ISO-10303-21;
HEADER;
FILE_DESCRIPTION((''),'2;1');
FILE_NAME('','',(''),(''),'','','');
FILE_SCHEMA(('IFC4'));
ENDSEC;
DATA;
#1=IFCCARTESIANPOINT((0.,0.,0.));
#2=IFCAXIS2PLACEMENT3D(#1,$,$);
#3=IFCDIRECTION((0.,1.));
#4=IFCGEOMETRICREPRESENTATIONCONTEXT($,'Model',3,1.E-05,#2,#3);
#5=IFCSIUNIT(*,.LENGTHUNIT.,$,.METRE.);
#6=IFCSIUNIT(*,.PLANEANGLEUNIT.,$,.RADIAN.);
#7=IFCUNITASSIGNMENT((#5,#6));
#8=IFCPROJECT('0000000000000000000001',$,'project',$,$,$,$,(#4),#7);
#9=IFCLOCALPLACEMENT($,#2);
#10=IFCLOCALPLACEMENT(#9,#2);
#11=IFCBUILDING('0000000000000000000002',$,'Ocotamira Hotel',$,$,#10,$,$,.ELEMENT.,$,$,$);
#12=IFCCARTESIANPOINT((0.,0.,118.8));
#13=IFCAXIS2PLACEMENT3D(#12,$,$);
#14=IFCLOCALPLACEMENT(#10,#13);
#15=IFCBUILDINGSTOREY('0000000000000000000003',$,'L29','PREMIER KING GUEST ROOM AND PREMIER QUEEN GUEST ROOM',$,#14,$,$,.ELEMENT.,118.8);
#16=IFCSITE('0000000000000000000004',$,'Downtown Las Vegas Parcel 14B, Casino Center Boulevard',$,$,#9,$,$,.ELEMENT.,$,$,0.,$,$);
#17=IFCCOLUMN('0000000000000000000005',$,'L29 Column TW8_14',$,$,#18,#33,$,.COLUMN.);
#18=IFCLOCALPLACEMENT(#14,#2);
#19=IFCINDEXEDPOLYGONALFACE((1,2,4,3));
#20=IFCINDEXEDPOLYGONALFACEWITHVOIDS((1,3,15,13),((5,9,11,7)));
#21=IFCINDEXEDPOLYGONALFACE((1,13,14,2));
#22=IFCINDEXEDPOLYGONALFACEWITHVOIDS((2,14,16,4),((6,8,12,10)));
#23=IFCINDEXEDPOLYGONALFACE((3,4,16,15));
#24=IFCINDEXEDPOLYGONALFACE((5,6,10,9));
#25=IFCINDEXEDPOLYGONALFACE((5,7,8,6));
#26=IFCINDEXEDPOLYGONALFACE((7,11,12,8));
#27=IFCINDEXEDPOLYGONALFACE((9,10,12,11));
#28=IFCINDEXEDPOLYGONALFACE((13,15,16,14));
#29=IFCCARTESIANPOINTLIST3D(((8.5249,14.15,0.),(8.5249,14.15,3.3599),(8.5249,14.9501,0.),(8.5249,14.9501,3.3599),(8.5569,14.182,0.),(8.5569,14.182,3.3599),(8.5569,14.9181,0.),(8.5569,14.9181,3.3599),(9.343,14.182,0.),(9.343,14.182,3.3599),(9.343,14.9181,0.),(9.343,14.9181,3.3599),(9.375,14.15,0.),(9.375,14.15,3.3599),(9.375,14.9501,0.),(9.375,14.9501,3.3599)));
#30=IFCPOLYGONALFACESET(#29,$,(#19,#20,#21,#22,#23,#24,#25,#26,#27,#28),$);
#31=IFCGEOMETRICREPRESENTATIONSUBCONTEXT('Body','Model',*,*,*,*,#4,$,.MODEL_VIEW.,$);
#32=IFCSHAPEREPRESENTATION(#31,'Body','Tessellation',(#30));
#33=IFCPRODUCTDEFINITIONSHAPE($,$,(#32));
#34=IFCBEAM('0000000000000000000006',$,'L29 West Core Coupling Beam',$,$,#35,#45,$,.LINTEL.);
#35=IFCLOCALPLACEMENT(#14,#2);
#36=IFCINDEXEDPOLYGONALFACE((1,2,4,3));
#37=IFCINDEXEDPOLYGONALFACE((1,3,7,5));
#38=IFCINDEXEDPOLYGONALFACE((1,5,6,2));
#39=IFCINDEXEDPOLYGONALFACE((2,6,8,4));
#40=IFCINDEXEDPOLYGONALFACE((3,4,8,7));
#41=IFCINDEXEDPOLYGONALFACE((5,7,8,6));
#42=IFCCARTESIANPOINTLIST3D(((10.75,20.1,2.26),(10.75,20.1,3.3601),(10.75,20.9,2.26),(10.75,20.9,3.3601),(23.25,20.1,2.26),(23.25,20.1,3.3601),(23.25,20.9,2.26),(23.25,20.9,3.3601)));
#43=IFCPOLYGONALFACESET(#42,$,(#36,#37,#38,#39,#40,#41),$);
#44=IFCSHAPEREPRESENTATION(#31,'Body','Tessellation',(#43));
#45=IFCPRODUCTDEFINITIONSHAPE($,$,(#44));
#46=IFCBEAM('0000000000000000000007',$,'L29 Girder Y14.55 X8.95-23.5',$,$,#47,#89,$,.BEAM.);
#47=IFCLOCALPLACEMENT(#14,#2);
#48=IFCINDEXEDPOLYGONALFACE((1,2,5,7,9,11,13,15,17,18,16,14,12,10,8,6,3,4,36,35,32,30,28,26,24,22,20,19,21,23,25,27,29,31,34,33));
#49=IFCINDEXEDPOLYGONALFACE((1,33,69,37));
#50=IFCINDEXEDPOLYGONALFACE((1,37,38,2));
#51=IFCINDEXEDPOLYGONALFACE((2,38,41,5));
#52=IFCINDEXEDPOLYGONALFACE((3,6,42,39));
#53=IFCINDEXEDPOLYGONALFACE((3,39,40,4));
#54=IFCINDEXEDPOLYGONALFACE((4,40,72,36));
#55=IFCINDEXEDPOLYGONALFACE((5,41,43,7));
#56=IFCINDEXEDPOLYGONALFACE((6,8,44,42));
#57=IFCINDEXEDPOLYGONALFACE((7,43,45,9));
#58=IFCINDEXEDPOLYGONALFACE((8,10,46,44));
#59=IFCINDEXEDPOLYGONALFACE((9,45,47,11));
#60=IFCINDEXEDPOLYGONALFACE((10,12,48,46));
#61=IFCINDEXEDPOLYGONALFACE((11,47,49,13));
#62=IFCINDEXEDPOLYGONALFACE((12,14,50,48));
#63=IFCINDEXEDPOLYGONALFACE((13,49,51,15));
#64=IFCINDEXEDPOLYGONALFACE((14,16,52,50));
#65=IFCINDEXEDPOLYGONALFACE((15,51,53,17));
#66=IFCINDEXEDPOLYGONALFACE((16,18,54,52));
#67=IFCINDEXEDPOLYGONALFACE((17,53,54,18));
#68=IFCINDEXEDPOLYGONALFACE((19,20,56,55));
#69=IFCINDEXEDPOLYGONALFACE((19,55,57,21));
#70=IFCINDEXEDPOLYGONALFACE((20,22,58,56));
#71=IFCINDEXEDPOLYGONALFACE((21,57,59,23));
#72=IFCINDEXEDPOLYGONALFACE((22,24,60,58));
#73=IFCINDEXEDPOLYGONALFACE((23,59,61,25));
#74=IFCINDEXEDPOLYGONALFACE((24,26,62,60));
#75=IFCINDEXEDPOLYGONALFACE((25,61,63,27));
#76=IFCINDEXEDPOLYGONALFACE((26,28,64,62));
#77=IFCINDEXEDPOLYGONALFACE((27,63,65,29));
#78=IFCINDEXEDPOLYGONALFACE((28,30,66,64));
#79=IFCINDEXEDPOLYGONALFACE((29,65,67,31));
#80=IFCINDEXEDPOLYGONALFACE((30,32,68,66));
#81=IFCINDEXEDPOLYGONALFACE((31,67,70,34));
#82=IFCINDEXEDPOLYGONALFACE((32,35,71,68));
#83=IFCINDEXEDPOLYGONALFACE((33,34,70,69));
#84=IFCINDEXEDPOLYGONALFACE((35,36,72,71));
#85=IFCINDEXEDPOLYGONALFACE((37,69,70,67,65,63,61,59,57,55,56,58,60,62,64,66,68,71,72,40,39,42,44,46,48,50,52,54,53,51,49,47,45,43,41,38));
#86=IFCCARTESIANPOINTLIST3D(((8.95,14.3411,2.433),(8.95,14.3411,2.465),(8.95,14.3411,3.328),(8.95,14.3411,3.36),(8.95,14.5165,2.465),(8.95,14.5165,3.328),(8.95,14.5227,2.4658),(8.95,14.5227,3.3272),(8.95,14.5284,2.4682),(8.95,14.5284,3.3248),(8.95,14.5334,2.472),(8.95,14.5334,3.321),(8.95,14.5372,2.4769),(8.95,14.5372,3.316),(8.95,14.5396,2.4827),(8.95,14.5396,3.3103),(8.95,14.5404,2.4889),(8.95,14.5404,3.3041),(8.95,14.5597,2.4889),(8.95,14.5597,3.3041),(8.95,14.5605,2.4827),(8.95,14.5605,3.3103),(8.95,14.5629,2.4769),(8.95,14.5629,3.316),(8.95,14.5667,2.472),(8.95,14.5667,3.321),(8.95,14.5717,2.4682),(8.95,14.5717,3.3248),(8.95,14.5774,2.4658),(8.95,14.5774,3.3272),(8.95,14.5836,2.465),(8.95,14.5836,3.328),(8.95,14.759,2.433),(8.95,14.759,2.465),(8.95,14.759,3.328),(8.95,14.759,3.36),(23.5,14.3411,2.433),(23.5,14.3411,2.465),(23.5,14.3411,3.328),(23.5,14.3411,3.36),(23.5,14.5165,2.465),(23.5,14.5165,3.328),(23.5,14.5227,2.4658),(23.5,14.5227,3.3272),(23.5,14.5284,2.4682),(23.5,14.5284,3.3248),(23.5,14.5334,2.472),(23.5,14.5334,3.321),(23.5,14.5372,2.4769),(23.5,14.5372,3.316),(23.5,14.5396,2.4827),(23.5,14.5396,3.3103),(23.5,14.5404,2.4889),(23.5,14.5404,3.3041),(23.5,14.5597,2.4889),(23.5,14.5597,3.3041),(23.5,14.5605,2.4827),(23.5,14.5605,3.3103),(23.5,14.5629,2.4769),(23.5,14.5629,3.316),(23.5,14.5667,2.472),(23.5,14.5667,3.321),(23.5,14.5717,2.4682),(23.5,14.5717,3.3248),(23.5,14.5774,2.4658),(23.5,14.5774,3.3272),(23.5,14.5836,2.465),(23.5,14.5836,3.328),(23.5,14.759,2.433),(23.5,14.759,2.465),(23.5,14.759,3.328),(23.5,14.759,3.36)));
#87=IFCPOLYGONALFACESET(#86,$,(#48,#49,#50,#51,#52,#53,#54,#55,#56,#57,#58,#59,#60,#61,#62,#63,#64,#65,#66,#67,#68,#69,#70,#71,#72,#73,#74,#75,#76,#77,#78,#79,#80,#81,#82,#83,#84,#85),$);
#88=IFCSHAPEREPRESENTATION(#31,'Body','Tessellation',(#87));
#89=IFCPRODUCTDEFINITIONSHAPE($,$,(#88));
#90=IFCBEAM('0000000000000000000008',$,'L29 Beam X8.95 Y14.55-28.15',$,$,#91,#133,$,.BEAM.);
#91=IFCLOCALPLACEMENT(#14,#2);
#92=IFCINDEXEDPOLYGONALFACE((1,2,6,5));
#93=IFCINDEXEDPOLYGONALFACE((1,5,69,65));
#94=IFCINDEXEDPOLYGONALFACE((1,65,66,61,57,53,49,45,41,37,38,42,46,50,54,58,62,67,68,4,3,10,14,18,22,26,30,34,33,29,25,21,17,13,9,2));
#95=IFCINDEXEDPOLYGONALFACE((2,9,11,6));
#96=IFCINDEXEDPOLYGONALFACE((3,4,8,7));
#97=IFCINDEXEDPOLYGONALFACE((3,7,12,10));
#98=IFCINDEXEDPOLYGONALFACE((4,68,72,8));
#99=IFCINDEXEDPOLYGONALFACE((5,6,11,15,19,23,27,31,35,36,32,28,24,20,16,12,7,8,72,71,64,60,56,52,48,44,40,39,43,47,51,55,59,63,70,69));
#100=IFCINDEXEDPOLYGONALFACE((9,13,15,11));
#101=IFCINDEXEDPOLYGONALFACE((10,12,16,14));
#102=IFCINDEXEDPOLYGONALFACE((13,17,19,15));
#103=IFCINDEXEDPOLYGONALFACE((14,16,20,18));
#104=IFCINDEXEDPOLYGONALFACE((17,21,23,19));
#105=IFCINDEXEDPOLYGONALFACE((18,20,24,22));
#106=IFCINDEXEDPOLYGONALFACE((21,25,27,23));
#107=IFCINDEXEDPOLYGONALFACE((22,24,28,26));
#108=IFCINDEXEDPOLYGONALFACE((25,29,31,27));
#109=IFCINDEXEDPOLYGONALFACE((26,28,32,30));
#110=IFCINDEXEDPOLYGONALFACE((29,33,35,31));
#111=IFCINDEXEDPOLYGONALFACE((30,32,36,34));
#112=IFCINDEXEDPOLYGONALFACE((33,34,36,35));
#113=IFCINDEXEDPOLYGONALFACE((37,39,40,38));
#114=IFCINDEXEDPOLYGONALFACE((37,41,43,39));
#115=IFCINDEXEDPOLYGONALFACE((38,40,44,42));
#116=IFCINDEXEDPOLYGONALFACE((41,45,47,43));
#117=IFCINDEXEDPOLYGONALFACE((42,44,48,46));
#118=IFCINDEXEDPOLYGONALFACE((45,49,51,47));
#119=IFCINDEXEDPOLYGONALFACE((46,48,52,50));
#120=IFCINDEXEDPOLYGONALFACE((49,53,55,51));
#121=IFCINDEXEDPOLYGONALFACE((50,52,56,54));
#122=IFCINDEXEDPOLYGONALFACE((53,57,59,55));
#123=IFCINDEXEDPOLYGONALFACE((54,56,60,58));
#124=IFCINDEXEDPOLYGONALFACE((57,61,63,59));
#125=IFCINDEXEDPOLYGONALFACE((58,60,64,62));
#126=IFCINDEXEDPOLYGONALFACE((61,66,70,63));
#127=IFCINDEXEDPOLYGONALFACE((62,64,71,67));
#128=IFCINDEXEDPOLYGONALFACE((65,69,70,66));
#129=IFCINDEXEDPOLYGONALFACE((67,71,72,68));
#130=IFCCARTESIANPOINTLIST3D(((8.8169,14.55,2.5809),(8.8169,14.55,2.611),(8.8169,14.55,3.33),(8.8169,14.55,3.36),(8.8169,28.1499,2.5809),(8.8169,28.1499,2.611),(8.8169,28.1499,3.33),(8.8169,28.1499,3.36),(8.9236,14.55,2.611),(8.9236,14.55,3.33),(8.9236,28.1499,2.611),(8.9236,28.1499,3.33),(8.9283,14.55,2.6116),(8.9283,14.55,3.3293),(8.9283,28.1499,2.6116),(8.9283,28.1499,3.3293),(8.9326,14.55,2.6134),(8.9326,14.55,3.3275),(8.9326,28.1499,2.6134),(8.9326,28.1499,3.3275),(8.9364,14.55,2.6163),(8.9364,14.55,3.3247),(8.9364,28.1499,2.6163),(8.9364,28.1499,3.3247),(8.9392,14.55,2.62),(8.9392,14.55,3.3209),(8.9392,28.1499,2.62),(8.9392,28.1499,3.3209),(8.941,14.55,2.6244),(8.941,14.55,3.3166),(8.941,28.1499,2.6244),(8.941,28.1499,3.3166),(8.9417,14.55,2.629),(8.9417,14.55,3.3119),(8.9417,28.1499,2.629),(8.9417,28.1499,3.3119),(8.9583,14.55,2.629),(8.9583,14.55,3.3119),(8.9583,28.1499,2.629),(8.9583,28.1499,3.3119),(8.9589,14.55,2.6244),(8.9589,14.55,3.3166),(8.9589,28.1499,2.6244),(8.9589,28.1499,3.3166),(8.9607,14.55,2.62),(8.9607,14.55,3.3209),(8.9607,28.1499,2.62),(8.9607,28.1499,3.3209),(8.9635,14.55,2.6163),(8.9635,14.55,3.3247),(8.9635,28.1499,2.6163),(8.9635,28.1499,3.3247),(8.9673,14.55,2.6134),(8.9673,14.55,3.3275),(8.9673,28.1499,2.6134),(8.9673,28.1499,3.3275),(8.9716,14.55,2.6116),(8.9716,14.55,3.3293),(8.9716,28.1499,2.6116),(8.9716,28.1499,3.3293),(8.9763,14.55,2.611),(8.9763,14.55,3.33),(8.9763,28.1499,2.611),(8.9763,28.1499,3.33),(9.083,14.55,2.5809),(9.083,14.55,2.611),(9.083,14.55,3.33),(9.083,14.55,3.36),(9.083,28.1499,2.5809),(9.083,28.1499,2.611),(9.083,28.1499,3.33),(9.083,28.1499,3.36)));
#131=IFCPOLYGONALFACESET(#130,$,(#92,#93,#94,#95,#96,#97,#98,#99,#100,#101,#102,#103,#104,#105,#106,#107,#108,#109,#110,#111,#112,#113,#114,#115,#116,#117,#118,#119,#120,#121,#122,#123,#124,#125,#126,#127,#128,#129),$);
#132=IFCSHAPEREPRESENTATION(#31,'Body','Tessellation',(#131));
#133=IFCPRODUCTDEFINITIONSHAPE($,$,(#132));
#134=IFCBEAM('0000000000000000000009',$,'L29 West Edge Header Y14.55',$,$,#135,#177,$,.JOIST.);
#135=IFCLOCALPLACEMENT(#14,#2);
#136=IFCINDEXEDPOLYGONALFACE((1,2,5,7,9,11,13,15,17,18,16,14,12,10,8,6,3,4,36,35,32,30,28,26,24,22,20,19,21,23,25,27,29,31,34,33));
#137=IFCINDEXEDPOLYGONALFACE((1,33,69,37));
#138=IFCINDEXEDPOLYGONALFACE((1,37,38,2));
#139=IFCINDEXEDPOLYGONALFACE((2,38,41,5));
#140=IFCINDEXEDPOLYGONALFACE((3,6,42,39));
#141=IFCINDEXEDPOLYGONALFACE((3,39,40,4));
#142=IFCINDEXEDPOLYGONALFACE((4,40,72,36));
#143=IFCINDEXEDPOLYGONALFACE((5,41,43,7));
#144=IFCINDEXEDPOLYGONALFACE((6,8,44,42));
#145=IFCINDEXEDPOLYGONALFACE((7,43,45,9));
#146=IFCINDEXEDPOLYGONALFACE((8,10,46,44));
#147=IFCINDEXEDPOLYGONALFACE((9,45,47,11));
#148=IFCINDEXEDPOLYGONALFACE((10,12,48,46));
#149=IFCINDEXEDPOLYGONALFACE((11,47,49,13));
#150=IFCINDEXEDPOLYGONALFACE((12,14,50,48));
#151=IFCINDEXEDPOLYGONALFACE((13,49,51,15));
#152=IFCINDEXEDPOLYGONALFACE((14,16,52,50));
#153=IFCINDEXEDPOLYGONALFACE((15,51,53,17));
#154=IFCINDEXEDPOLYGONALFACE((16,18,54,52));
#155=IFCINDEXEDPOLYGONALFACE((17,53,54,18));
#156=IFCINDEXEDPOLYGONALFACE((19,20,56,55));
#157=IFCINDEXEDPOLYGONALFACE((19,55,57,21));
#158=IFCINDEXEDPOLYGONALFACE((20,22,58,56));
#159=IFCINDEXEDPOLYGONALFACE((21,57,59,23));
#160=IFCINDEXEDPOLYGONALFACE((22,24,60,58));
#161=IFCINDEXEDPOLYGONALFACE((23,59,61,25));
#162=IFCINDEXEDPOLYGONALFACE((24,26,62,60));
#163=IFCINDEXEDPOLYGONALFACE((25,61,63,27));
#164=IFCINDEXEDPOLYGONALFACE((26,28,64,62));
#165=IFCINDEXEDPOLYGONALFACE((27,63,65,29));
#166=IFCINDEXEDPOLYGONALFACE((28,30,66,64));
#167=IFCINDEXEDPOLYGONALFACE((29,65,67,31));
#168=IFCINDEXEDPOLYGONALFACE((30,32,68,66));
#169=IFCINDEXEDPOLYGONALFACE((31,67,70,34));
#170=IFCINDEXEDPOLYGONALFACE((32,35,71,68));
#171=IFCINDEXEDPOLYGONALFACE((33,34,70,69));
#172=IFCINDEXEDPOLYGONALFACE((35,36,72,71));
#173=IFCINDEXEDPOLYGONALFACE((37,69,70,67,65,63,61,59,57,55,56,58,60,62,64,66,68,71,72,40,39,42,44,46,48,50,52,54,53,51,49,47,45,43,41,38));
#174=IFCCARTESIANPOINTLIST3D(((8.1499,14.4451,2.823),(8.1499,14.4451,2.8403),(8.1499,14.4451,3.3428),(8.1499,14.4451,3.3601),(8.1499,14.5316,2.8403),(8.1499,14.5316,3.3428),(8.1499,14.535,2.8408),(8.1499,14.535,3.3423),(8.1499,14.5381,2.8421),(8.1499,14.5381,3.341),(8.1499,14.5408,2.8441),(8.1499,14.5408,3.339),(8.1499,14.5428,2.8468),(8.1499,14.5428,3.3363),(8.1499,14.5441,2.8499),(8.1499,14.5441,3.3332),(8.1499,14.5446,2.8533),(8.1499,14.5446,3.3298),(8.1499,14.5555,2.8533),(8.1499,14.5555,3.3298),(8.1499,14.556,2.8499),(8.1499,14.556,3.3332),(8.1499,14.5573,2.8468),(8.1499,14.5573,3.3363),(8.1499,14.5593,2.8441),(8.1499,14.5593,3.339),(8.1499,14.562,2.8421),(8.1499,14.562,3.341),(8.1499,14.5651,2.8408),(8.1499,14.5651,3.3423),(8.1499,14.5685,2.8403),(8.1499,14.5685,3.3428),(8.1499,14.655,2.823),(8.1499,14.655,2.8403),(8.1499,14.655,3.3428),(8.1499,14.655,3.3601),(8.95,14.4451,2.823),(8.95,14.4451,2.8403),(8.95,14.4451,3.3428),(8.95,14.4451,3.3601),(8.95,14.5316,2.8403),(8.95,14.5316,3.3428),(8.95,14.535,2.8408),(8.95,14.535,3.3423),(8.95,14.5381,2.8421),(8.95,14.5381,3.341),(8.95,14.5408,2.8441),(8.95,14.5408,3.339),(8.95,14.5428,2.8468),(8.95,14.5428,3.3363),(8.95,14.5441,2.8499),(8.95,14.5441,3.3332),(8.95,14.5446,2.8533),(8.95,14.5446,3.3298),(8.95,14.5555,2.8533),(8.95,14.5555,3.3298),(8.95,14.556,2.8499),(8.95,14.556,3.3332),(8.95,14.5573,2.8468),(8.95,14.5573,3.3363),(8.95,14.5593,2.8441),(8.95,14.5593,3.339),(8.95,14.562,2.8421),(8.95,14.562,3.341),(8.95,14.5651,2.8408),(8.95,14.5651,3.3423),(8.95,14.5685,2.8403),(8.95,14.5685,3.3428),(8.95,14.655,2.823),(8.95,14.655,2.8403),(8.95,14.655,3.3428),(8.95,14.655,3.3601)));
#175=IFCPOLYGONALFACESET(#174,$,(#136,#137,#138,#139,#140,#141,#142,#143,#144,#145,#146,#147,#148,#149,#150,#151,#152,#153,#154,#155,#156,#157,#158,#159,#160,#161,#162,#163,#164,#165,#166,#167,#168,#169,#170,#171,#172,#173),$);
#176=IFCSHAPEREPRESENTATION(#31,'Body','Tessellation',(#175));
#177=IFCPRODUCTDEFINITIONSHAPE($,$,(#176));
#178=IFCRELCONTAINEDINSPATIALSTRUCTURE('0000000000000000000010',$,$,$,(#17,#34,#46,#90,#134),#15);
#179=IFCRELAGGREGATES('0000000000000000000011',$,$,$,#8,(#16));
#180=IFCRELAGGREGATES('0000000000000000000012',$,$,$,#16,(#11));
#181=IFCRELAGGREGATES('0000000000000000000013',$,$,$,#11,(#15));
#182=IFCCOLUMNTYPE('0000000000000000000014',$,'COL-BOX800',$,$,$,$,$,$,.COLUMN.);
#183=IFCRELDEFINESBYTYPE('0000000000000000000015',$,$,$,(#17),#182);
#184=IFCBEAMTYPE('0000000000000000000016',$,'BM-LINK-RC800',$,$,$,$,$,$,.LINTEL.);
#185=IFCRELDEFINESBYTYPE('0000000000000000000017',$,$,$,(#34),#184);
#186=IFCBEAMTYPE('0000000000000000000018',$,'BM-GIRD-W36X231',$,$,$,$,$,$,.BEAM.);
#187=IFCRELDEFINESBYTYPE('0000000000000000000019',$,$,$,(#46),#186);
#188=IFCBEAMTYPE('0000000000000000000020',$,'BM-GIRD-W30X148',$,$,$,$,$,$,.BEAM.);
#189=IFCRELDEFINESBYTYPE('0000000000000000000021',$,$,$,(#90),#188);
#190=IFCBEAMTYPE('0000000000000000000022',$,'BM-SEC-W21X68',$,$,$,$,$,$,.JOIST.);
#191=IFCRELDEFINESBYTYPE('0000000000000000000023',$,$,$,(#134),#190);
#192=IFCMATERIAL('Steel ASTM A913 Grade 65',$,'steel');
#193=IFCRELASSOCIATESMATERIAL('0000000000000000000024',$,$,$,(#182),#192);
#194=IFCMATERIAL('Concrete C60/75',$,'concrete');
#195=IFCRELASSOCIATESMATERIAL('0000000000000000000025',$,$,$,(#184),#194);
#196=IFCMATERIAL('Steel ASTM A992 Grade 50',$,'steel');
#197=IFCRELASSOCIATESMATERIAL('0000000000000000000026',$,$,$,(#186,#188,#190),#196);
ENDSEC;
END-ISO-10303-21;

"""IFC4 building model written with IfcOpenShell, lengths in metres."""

from ifc_helpers import new_model, si_unit, direction, frame, origin, origin_2d, place, context, subcontext, project, spatial, rectangle, hollow_rectangle, i_section, extrude, source, transform, mapped, material, material_profile, profile_set, type_object, element, save


model = new_model("IFC4")

# Units and contexts
model_context = context("Model", 3, precision=1e-05, world=origin(), true_north=direction((0.0, 1.0)))
body_context = subcontext(model_context, "Body", "Model", "MODEL_VIEW")
ifc_project = project(units=[si_unit("LENGTHUNIT", "METRE"), si_unit("PLANEANGLEUNIT", "RADIAN")], contexts=[model_context])

# Site, building, storey
site_placement = place(None, origin())
site = spatial("IfcSite", under=ifc_project, at=site_placement, Name="Downtown Las Vegas Parcel 14B, Casino Center Boulevard", CompositionType="ELEMENT", RefElevation=0.0)
building_placement = place(site_placement, origin())
building = spatial("IfcBuilding", under=site, at=building_placement, Name="Ocotamira Hotel", CompositionType="ELEMENT")
storey_placement = place(building_placement, frame((0.0, 0.0, 118.8)))
storey = spatial("IfcBuildingStorey", under=building, at=storey_placement, Name="L29", Description="PREMIER KING GUEST ROOM AND PREMIER QUEEN GUEST ROOM", CompositionType="ELEMENT", Elevation=118.8)

# Column
ifc_material_1 = material(Name="Steel ASTM A913 Grade 65", Category="steel")
ifc_material_profile_1 = material_profile(ifc_material_1, hollow_rectangle(XDim=0.8501, YDim=0.8, WallThickness=0.032, at=origin_2d()), Name="BOX800X850X32")
ifc_profile_set_1 = profile_set([ifc_material_profile_1], Name="Steel ASTM A913 Grade 65")
column_type = type_object("IfcColumnType", Name="COL-BOX800", PredefinedType="COLUMN", material=ifc_profile_set_1)
shared_shape_1 = source(origin(), body_context, "Body", "SweptSolid", [
    extrude(hollow_rectangle(XDim=0.8501, YDim=0.8, WallThickness=0.032, at=origin_2d()), origin(), (0.0, 0.0, 1.0), 3.3599),
])
column_placement = place(storey_placement, frame((8.95, 14.55, 0.0), z_axis=(0.0, 0.0, 1.0), x_axis=(1.0, 0.0, 0.0)))
element("IfcColumn", 1, at=column_placement, inside=storey, type_object=column_type, Name="L29 Column TW8_14", PredefinedType="COLUMN", context=body_context, shape_type="MappedRepresentation", body=[
    mapped(shared_shape_1, transform((0.0, 0.0, 0.0), scale=1.0)),
])

# Beams
ifc_material_2 = material(Name="Concrete C60/75", Category="concrete")
ifc_material_profile_2 = material_profile(ifc_material_2, rectangle(XDim=0.8, YDim=1.1001, at=origin_2d()), Name="RC800X1100")
ifc_profile_set_2 = profile_set([ifc_material_profile_2], Name="Concrete C60/75")
beam_type_1 = type_object("IfcBeamType", Name="BM-LINK-RC800", PredefinedType="LINTEL", material=ifc_profile_set_2)
shared_shape_2 = source(origin(), body_context, "Body", "SweptSolid", [
    extrude(rectangle(XDim=0.8, YDim=1.1001, at=origin_2d()), origin(), (0.0, 0.0, 1.0), 12.5),
])
beam_1_placement = place(storey_placement, frame((10.75, 20.5, 2.8101), z_axis=(1.0, 0.0, 0.0), x_axis=(0.0, 1.0, 0.0)))
element("IfcBeam", 2, at=beam_1_placement, inside=storey, type_object=beam_type_1, Name="L29 West Core Coupling Beam", PredefinedType="LINTEL", context=body_context, shape_type="MappedRepresentation", body=[
    mapped(shared_shape_2, transform((0.0, 0.0, 0.0), scale=1.0)),
])
ifc_material_3 = material(Name="Steel ASTM A992 Grade 50", Category="steel")
ifc_material_profile_3 = material_profile(ifc_material_3, i_section(OverallWidth=0.418, OverallDepth=0.927, WebThickness=0.0193, FlangeThickness=0.032, FilletRadius=0.0239, at=origin_2d()), Name="W36X231")
ifc_profile_set_3 = profile_set([ifc_material_profile_3], Name="Steel ASTM A992 Grade 50")
beam_type_2 = type_object("IfcBeamType", Name="BM-GIRD-W36X231", PredefinedType="BEAM", material=ifc_profile_set_3)
shared_shape_3 = source(origin(), body_context, "Body", "SweptSolid", [
    extrude(i_section(OverallWidth=0.418, OverallDepth=0.927, WebThickness=0.0193, FlangeThickness=0.032, FilletRadius=0.0239, at=origin_2d()), origin(), (0.0, 0.0, 1.0), 14.55),
])
beam_2_placement = place(storey_placement, frame((8.95, 14.55, 2.8965), z_axis=(1.0, 0.0, 0.0), x_axis=(0.0, 1.0, 0.0)))
element("IfcBeam", 3, at=beam_2_placement, inside=storey, type_object=beam_type_2, Name="L29 Girder Y14.55 X8.95-23.5", PredefinedType="BEAM", context=body_context, shape_type="MappedRepresentation", body=[
    mapped(shared_shape_3, transform((0.0, 0.0, 0.0), scale=1.0)),
])
ifc_material_profile_4 = material_profile(ifc_material_3, i_section(OverallWidth=0.2661, OverallDepth=0.7791, WebThickness=0.0166, FlangeThickness=0.03, FilletRadius=0.0181, at=origin_2d()), Name="W30X148")
ifc_profile_set_4 = profile_set([ifc_material_profile_4], Name="Steel ASTM A992 Grade 50")
beam_type_3 = type_object("IfcBeamType", Name="BM-GIRD-W30X148", PredefinedType="BEAM", material=ifc_profile_set_4)
shared_shape_4 = source(origin(), body_context, "Body", "SweptSolid", [
    extrude(i_section(OverallWidth=0.2661, OverallDepth=0.7791, WebThickness=0.0166, FlangeThickness=0.03, FilletRadius=0.0181, at=origin_2d()), origin(), (0.0, 0.0, 1.0), 13.5999),
])
beam_3_placement = place(storey_placement, frame((8.95, 14.55, 2.9705), z_axis=(0.0, 1.0, 0.0), x_axis=(-1.0, 0.0, 0.0)))
element("IfcBeam", 4, at=beam_3_placement, inside=storey, type_object=beam_type_3, Name="L29 Beam X8.95 Y14.55-28.15", PredefinedType="BEAM", context=body_context, shape_type="MappedRepresentation", body=[
    mapped(shared_shape_4, transform((0.0, 0.0, 0.0), scale=1.0)),
])
ifc_material_profile_5 = material_profile(ifc_material_3, i_section(OverallWidth=0.21, OverallDepth=0.5371, WebThickness=0.011, FlangeThickness=0.0173, FilletRadius=0.0129, at=origin_2d()), Name="W21X68")
ifc_profile_set_5 = profile_set([ifc_material_profile_5], Name="Steel ASTM A992 Grade 50")
beam_type_4 = type_object("IfcBeamType", Name="BM-SEC-W21X68", PredefinedType="JOIST", material=ifc_profile_set_5)
shared_shape_5 = source(origin(), body_context, "Body", "SweptSolid", [
    extrude(i_section(OverallWidth=0.21, OverallDepth=0.5371, WebThickness=0.011, FlangeThickness=0.0173, FilletRadius=0.0129, at=origin_2d()), origin(), (0.0, 0.0, 1.0), 0.8),
])
beam_4_placement = place(storey_placement, frame((8.95, 14.55, 3.0916), z_axis=(-1.0, 0.0, 0.0), x_axis=(0.0, -1.0, 0.0)))
element("IfcBeam", 5, at=beam_4_placement, inside=storey, type_object=beam_type_4, Name="L29 West Edge Header Y14.55", PredefinedType="JOIST", context=body_context, shape_type="MappedRepresentation", body=[
    mapped(shared_shape_5, transform((0.0, 0.0, 0.0), scale=1.0)),
])

save(model, "model.ifc")
